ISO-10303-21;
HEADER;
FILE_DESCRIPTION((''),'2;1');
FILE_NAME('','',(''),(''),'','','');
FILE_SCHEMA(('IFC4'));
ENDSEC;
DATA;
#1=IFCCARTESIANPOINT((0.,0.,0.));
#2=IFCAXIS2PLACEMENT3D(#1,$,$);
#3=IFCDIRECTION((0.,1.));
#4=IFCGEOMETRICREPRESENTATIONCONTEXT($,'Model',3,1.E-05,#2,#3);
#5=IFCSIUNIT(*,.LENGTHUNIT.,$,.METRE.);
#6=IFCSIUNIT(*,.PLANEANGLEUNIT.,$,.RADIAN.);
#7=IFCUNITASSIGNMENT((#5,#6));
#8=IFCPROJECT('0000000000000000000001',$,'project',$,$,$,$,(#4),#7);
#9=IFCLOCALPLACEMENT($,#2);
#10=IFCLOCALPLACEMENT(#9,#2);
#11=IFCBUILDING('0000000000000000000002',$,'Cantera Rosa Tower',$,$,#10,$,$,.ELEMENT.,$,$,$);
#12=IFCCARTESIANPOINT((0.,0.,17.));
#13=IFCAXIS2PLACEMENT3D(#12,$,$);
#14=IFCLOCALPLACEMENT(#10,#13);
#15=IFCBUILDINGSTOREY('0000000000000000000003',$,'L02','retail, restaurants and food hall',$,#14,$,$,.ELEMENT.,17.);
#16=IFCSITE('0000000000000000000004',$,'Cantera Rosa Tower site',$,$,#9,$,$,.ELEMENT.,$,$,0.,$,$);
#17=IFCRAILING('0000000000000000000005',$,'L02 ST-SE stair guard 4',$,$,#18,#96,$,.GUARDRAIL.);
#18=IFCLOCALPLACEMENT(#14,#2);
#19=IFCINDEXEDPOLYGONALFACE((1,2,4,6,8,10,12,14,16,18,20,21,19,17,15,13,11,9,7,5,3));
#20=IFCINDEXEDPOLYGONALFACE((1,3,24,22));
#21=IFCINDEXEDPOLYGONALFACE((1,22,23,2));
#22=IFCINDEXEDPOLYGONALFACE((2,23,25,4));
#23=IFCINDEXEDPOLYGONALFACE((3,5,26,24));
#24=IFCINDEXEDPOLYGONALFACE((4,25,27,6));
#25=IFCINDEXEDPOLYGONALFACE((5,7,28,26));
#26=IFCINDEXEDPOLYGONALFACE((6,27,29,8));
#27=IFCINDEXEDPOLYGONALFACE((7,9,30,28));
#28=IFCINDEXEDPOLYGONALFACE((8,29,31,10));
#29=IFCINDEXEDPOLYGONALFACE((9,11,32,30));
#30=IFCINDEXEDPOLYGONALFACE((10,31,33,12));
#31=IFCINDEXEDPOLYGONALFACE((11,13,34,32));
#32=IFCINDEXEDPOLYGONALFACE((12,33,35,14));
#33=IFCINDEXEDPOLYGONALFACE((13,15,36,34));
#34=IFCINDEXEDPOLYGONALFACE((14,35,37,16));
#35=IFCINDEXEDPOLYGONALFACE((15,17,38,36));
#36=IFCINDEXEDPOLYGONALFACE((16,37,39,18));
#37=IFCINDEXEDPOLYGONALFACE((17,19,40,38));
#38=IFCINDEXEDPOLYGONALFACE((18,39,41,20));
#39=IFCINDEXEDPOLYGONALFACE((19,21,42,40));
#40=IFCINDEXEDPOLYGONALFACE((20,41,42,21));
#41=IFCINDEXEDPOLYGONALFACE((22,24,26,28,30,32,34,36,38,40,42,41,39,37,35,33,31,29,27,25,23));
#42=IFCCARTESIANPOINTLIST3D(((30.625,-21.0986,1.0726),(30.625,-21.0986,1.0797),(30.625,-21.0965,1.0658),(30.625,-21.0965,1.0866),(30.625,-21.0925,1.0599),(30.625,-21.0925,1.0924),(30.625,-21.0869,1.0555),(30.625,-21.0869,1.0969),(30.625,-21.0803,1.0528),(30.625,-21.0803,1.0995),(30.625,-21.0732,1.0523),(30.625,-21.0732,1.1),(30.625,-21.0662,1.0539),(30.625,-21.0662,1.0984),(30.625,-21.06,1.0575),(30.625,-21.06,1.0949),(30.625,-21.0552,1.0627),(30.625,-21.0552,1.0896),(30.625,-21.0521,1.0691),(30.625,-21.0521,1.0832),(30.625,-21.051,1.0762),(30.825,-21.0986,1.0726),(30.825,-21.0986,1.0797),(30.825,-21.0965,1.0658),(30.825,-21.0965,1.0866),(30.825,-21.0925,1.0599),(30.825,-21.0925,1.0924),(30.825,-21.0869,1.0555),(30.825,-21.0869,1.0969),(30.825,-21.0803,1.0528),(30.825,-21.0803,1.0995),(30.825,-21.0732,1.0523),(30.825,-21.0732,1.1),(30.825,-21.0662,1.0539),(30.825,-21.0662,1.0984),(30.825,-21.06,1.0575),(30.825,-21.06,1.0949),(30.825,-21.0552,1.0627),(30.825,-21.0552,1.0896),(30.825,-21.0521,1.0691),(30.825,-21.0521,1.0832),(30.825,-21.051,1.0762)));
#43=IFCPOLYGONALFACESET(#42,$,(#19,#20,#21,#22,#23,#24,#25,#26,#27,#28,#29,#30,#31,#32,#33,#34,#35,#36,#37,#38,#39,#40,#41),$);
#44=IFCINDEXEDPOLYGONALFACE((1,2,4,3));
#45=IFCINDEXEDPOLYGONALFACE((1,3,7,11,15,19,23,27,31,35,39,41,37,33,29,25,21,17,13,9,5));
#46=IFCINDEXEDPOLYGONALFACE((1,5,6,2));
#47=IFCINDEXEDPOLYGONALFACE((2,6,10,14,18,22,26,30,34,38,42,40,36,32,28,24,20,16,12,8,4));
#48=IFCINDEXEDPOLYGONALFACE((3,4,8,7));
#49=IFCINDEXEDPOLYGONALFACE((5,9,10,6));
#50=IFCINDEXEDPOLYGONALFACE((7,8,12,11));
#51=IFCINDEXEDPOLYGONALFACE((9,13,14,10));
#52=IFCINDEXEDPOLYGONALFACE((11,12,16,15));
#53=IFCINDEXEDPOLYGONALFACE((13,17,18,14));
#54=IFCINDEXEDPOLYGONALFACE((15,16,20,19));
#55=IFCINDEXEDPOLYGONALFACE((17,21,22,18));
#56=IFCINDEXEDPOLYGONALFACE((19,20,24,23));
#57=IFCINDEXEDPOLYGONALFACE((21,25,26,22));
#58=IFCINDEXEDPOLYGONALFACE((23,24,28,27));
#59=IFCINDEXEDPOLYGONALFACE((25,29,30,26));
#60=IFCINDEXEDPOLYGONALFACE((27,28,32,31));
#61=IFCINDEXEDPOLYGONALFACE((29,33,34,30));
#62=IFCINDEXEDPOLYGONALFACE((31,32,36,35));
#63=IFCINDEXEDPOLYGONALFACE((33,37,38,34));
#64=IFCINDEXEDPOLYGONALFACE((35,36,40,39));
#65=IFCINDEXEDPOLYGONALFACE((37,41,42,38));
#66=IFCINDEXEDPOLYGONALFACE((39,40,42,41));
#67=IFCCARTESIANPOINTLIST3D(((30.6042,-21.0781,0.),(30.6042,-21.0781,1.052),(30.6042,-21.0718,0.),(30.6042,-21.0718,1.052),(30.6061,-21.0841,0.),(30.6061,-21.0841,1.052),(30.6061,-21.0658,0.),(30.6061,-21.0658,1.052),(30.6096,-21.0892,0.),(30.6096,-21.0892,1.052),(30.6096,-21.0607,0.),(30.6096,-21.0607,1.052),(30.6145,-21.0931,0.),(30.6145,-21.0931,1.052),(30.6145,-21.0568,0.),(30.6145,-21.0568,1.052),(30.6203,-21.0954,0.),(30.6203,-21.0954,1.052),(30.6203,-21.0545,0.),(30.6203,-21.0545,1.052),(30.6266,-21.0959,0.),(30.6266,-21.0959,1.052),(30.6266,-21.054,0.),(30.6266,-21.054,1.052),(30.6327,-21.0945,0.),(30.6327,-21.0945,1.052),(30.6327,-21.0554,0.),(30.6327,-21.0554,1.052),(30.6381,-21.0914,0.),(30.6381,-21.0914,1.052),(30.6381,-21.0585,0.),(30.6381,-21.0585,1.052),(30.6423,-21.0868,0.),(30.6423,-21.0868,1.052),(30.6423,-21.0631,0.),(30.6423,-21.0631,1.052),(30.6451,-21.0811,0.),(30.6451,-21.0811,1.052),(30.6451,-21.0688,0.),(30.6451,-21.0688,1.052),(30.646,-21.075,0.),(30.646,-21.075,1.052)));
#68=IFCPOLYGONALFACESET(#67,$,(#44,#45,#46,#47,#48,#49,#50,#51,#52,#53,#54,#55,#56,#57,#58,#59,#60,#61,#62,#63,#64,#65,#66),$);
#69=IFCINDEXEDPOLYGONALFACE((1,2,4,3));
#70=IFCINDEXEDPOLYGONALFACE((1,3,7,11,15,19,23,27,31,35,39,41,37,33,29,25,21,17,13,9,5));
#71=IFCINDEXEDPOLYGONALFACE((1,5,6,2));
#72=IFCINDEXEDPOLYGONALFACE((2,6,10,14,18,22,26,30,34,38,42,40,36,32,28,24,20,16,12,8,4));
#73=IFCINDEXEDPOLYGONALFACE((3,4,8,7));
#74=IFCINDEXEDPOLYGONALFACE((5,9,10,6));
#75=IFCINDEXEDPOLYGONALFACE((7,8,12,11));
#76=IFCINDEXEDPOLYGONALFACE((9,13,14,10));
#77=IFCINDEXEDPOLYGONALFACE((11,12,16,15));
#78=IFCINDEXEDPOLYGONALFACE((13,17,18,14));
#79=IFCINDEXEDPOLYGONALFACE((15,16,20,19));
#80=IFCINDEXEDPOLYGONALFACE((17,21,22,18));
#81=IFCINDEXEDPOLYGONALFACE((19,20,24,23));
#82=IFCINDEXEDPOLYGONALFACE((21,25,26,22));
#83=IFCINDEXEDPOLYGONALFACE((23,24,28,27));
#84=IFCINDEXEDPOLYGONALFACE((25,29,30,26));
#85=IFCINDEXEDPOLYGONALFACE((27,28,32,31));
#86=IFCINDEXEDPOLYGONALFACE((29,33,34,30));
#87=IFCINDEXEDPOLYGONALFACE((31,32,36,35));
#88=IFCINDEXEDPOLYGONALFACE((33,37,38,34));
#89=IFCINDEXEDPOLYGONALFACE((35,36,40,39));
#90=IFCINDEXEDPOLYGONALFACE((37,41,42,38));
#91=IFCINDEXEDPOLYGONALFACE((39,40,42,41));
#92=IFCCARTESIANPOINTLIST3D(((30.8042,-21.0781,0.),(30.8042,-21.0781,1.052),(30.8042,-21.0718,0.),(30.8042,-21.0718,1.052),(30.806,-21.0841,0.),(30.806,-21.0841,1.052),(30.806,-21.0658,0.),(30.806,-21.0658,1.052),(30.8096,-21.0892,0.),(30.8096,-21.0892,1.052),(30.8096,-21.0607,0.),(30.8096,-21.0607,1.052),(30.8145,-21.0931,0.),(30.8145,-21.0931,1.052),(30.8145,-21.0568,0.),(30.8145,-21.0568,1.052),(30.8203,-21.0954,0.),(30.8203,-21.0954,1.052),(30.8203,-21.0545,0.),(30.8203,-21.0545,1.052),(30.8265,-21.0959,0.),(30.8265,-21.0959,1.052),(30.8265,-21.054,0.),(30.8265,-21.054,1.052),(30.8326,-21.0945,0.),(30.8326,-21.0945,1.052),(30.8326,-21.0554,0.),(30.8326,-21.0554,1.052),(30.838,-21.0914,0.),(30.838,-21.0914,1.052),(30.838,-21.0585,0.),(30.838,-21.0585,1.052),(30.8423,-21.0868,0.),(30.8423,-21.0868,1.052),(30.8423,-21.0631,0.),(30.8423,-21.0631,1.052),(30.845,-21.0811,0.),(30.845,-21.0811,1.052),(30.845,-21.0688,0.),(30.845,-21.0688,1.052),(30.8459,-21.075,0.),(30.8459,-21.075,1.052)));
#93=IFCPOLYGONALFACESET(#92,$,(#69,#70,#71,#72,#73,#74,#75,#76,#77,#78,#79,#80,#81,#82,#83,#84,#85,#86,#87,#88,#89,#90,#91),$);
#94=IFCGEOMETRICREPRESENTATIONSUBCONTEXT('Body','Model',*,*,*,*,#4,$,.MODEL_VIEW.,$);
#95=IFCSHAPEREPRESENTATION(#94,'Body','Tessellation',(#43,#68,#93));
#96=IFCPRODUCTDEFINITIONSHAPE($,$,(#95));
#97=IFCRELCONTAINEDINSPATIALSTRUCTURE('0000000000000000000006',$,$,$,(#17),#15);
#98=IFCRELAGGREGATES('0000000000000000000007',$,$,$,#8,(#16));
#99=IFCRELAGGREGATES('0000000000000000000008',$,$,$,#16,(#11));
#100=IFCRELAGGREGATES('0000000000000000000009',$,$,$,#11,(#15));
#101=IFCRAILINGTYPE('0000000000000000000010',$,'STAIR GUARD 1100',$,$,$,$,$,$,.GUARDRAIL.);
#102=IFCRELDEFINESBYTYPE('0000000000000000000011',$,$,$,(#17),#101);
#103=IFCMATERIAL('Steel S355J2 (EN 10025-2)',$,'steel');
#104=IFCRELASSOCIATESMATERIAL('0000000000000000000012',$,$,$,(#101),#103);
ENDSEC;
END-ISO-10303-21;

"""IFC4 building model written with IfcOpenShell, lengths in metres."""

from ifc_helpers import new_model, si_unit, direction, frame, origin, origin_2d, place, context, subcontext, project, spatial, circle, extrude, material, type_object, element, save


model = new_model("IFC4")

# Units and contexts
model_context = context("Model", 3, precision=1e-05, world=origin(), true_north=direction((0.0, 1.0)))
body_context = subcontext(model_context, "Body", "Model", "MODEL_VIEW")
ifc_project = project(units=[si_unit("LENGTHUNIT", "METRE"), si_unit("PLANEANGLEUNIT", "RADIAN")], contexts=[model_context])

# Site, building, storey
site_placement = place(None, origin())
site = spatial("IfcSite", under=ifc_project, at=site_placement, Name="Cantera Rosa Tower site", CompositionType="ELEMENT", RefElevation=0.0)
building_placement = place(site_placement, origin())
building = spatial("IfcBuilding", under=site, at=building_placement, Name="Cantera Rosa Tower", CompositionType="ELEMENT")
storey_placement = place(building_placement, frame((0.0, 0.0, 17.0)))
storey = spatial("IfcBuildingStorey", under=building, at=storey_placement, Name="L02", Description="retail, restaurants and food hall", CompositionType="ELEMENT", Elevation=17.0)

# Railing
ifc_material_1 = material(Name="Steel S355J2 (EN 10025-2)", Category="steel")
railing_type_1 = type_object("IfcRailingType", Name="STAIR GUARD 1100", PredefinedType="GUARDRAIL", material=ifc_material_1)
railing_1_placement = place(storey_placement, frame((30.625, -21.075, 0.0)))
element("IfcRailing", 1, at=railing_1_placement, inside=storey, type_object=railing_type_1, Name="L02 ST-SE stair guard 4", PredefinedType="GUARDRAIL", context=body_context, shape_type="SweptSolid", body=[
    extrude(circle(Radius=0.0239, at=origin_2d()), frame((0.0, 0.0, 1.0762), z_axis=(1.0, 0.0, 0.0), x_axis=(0.0, 1.0, 0.0)), (0.0, 0.0, 1.0), 0.2),
    extrude(circle(Radius=0.021, at=origin_2d()), origin(), (0.0, 0.0, 1.0), 1.052),
    extrude(circle(Radius=0.021, at=origin_2d()), frame((0.2, 0.0, 0.0)), (0.0, 0.0, 1.0), 1.052),
])

save(model, "model.ifc")
